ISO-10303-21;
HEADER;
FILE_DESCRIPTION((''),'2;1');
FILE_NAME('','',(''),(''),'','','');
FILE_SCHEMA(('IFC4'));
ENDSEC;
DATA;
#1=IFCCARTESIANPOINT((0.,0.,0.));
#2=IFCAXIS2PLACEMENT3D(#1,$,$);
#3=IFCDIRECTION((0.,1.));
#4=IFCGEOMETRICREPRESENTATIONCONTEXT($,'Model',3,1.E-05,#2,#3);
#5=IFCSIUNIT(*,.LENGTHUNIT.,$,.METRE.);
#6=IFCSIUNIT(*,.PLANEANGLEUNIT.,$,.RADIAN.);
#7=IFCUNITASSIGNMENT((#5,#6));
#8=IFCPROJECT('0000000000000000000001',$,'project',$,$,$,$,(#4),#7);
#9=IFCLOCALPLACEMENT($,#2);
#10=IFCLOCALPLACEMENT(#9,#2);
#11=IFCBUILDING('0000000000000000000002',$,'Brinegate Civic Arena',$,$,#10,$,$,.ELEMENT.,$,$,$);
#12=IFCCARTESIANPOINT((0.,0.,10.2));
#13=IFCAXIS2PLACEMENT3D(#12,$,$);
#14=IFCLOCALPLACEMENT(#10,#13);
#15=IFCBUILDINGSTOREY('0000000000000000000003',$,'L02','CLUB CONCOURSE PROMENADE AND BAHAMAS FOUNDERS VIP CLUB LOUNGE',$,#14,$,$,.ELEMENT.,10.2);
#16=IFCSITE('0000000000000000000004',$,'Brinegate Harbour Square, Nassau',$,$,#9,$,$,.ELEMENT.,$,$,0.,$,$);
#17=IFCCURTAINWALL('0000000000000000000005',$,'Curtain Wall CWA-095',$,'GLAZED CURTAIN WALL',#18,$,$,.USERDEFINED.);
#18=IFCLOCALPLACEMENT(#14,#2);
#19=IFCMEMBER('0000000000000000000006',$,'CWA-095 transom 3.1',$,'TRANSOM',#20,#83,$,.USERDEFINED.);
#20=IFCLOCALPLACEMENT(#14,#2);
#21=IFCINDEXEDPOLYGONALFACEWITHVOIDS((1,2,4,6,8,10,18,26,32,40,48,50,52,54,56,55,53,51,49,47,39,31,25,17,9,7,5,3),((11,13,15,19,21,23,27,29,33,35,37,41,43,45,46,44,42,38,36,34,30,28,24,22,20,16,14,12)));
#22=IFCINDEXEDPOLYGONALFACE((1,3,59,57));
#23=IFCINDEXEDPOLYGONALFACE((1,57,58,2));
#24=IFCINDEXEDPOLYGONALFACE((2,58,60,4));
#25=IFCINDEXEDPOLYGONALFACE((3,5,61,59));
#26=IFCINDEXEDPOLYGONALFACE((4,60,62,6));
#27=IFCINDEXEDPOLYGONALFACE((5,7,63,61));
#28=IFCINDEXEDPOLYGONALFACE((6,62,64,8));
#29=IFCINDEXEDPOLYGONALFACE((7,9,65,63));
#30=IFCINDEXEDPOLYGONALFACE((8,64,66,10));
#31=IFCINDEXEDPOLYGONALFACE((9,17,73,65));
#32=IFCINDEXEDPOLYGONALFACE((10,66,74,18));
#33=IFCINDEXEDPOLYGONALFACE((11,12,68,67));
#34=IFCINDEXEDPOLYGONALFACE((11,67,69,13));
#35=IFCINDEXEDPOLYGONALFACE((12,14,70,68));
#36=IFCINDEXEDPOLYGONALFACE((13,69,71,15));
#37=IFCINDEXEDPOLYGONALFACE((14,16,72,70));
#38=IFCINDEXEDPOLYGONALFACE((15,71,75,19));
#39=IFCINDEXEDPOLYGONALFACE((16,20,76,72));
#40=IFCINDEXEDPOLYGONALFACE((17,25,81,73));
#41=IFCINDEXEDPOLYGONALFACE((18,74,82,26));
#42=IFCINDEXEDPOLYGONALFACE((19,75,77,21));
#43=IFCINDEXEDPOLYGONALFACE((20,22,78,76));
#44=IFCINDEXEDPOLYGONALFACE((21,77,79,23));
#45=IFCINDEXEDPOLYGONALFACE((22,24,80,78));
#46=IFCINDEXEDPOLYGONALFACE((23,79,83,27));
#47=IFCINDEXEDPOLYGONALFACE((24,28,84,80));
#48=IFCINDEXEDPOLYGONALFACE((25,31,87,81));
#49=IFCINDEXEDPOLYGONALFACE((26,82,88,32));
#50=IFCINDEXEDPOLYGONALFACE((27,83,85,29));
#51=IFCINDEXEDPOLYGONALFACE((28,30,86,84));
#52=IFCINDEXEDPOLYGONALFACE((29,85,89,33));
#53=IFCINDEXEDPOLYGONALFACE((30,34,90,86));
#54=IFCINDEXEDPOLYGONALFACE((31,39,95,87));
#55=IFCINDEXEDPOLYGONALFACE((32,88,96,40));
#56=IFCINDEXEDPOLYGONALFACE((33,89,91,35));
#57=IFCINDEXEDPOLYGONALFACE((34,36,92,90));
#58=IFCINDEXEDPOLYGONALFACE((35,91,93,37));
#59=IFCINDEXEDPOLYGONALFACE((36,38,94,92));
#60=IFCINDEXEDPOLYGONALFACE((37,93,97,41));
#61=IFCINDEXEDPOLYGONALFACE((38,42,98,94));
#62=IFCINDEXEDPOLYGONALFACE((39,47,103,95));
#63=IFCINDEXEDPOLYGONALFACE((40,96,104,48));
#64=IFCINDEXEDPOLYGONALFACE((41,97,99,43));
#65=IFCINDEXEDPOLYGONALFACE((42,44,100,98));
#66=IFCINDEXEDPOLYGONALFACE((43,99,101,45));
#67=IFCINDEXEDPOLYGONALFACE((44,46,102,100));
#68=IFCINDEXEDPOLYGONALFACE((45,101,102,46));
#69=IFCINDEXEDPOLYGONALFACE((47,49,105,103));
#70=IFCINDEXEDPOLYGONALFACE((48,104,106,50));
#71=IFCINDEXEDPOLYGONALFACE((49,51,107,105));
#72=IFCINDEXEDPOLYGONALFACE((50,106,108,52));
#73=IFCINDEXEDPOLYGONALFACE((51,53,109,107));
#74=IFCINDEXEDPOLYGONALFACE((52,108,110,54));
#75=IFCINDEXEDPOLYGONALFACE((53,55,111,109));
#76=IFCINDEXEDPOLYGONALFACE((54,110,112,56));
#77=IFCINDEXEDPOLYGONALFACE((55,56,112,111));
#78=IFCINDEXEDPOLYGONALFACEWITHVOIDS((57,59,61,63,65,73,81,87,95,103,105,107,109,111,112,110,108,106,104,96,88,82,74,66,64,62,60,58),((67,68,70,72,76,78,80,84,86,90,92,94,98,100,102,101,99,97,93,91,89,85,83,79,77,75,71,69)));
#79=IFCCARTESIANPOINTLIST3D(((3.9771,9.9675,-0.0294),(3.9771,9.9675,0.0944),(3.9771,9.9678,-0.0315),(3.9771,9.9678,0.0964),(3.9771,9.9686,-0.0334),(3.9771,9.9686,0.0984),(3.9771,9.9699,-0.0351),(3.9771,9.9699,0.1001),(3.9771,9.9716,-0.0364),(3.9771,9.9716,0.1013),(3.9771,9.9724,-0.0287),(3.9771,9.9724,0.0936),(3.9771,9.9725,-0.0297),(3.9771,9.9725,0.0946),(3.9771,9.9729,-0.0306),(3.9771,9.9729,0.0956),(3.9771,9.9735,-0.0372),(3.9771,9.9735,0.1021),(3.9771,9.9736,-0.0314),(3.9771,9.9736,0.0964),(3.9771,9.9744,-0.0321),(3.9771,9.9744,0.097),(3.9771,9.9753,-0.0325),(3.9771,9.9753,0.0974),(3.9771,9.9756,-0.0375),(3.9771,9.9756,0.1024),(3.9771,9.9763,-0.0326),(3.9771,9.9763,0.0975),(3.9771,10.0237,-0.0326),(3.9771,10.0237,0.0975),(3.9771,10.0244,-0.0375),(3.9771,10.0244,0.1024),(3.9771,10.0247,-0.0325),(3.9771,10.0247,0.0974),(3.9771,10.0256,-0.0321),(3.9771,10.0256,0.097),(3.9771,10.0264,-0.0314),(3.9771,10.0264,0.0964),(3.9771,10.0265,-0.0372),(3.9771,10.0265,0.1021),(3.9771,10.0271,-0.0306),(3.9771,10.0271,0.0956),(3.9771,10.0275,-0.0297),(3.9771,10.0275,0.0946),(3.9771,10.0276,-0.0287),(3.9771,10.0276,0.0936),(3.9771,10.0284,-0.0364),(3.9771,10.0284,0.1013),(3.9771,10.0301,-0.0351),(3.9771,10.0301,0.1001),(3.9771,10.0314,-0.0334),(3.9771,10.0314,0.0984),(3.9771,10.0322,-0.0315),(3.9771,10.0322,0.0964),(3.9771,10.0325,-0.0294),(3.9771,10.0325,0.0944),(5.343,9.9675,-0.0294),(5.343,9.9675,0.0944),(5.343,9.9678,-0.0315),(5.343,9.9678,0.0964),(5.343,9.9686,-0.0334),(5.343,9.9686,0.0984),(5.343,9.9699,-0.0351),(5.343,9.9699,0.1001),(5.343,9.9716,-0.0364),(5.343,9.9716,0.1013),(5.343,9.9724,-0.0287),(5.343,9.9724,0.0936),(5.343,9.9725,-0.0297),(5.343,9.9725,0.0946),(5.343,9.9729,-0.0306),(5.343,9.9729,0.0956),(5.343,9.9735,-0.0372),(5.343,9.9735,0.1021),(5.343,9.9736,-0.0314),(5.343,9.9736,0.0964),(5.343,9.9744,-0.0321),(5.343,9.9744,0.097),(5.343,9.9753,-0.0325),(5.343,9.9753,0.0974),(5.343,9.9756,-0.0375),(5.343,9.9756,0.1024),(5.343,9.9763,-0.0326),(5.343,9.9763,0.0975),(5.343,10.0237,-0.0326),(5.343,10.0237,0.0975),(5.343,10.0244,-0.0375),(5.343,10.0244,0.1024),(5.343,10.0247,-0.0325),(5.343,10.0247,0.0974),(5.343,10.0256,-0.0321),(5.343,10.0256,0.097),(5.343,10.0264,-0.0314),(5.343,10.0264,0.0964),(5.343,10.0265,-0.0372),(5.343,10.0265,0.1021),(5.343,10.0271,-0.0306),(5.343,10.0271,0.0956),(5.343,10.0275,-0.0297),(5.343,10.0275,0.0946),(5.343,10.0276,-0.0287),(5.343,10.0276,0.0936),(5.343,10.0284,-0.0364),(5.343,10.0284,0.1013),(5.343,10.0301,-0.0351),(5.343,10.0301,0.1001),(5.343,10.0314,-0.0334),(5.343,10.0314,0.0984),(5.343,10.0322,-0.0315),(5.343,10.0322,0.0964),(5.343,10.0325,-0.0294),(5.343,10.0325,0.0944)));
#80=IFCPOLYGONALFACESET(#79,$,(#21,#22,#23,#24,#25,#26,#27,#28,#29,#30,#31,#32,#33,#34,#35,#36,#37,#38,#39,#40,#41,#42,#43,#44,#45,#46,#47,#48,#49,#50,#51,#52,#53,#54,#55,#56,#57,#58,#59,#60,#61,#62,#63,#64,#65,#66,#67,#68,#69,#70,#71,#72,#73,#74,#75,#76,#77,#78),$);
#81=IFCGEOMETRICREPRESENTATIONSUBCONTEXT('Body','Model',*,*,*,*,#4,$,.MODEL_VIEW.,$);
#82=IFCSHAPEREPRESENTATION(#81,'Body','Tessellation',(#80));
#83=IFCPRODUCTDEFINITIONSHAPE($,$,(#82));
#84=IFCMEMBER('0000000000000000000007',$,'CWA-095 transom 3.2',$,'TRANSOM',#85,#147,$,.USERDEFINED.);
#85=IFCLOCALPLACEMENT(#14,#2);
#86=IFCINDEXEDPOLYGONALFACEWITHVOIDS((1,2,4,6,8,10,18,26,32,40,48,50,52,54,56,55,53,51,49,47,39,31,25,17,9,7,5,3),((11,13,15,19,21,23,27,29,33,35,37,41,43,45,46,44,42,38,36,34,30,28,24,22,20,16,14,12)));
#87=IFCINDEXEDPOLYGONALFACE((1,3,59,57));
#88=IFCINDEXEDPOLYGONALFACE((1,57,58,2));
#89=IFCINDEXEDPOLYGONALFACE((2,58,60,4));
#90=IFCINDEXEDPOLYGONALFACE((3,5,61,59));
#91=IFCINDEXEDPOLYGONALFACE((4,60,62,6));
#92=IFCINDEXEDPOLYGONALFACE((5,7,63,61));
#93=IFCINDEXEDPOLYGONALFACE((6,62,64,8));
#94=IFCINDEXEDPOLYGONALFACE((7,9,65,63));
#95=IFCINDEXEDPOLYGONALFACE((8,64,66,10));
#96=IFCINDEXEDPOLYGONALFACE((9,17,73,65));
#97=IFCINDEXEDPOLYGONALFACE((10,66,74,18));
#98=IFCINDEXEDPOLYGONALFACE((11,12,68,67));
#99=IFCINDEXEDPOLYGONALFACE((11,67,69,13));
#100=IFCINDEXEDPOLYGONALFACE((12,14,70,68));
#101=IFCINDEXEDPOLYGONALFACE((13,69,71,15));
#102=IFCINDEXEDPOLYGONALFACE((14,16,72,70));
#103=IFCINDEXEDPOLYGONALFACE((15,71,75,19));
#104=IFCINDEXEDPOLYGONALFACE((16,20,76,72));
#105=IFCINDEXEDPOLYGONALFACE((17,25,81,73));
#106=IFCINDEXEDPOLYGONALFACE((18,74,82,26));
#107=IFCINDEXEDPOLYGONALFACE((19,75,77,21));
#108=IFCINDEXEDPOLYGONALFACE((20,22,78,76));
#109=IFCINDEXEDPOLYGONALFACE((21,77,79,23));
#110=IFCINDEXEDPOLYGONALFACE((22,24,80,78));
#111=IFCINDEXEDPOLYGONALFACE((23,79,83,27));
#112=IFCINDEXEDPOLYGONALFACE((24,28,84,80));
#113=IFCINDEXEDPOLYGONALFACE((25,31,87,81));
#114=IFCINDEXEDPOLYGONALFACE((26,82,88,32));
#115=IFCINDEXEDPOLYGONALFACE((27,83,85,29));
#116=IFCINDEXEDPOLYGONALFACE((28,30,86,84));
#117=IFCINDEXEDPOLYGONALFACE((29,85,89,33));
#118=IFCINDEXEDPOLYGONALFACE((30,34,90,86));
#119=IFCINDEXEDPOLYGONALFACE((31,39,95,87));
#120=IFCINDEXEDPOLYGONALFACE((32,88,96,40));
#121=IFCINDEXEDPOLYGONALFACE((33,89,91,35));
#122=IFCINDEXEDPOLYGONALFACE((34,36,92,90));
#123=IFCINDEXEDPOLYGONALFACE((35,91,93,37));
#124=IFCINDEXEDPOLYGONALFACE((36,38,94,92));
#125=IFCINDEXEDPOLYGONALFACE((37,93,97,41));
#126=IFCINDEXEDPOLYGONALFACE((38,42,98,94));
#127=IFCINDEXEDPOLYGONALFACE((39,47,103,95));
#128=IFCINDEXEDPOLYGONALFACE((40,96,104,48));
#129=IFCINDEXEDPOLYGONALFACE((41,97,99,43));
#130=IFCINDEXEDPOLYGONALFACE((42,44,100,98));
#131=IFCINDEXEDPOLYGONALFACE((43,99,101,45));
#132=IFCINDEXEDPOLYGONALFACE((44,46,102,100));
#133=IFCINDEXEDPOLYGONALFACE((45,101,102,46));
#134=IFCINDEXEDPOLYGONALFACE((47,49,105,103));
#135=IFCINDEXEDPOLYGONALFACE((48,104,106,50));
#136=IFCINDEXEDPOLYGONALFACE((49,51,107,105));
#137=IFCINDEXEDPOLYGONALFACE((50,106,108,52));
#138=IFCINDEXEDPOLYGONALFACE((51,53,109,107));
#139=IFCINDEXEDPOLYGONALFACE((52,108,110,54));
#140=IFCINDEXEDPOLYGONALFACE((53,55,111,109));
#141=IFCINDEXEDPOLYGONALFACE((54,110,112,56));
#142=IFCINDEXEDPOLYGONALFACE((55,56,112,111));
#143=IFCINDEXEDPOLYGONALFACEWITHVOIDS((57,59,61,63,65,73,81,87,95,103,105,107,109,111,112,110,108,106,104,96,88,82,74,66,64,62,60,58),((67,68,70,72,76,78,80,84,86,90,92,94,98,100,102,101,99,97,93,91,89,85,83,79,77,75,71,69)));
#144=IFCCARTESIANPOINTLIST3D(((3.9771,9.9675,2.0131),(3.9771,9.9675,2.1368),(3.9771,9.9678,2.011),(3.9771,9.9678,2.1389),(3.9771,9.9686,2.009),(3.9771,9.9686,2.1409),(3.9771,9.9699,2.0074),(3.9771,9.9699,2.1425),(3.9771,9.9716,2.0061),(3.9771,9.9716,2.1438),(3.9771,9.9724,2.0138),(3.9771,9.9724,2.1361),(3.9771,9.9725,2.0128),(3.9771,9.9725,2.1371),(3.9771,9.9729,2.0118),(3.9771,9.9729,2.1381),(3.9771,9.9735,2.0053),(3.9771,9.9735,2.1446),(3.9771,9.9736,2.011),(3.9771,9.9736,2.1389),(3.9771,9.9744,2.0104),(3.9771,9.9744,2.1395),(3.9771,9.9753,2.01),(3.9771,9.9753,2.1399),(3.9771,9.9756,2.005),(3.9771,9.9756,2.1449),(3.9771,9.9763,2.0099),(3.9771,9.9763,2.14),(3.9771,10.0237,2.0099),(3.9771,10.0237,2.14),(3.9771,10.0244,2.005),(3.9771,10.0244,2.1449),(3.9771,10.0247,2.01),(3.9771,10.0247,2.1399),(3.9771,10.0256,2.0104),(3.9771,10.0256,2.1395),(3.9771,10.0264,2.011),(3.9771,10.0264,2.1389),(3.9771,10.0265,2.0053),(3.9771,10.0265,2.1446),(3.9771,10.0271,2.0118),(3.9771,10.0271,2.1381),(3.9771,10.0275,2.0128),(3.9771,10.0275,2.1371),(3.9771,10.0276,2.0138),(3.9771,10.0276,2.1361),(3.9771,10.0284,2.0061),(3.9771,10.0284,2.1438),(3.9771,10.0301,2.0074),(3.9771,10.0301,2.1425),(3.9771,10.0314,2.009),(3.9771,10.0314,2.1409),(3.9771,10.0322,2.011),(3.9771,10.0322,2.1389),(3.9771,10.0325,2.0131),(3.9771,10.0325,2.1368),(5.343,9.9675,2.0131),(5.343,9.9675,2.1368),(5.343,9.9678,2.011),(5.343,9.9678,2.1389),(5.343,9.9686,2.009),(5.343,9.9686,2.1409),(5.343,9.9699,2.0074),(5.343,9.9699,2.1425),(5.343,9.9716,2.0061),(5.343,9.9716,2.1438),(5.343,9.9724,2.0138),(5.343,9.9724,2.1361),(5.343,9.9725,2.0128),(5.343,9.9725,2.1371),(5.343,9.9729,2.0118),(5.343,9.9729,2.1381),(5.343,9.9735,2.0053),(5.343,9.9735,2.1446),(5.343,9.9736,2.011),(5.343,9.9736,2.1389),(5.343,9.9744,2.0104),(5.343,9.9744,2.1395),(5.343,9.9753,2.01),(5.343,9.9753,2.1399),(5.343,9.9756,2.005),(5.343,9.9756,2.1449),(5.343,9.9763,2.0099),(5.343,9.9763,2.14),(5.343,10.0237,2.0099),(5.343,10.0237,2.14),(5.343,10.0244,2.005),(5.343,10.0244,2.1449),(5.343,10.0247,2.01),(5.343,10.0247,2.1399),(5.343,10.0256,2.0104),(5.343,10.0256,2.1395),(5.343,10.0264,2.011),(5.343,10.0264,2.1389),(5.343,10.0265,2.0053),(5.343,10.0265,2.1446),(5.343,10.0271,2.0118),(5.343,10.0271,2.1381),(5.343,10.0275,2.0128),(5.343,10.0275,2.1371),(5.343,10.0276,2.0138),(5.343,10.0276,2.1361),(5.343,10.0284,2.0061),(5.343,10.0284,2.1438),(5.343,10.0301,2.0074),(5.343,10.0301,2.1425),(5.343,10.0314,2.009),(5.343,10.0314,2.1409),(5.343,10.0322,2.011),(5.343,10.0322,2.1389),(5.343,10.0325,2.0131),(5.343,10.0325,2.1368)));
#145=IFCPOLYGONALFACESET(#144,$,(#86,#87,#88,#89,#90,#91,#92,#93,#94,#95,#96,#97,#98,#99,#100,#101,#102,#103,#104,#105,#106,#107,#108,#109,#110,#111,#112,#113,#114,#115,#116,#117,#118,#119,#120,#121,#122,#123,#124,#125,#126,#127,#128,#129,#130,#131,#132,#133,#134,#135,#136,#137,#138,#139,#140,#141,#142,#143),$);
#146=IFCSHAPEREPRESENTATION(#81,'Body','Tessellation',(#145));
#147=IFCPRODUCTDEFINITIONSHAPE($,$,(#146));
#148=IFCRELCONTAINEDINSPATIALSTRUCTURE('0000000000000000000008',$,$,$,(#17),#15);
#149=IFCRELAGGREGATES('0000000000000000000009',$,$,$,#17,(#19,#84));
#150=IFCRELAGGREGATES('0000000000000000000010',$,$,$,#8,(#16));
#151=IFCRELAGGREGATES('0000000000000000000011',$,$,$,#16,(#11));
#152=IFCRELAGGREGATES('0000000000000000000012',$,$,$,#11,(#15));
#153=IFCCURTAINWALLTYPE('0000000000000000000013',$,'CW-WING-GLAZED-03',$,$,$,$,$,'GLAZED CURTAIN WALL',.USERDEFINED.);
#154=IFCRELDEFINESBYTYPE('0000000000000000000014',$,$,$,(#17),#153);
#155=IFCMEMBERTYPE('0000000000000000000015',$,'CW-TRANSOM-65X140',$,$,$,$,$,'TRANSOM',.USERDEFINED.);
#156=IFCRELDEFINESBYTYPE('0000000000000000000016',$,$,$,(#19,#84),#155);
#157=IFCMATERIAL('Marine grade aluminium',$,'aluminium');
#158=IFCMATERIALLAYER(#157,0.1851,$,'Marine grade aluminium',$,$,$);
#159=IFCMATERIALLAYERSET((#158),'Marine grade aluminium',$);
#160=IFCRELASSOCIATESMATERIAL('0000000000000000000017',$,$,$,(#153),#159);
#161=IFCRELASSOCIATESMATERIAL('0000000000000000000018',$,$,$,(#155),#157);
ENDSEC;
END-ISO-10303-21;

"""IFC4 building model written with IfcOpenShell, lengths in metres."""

from ifc_helpers import new_model, si_unit, direction, frame, origin, origin_2d, place, context, subcontext, project, spatial, hollow_rectangle, extrude, material, layer, layer_set, material_profile, profile_set, type_object, element, aggregate, save


model = new_model("IFC4")

# Units and contexts
model_context = context("Model", 3, precision=1e-05, world=origin(), true_north=direction((0.0, 1.0)))
body_context = subcontext(model_context, "Body", "Model", "MODEL_VIEW")
ifc_project = project(units=[si_unit("LENGTHUNIT", "METRE"), si_unit("PLANEANGLEUNIT", "RADIAN")], contexts=[model_context])

# Site, building, storey
site_placement = place(None, origin())
site = spatial("IfcSite", under=ifc_project, at=site_placement, Name="Brinegate Harbour Square, Nassau", CompositionType="ELEMENT", RefElevation=0.0)
building_placement = place(site_placement, origin())
building = spatial("IfcBuilding", under=site, at=building_placement, Name="Brinegate Civic Arena", CompositionType="ELEMENT")
storey_placement = place(building_placement, frame((0.0, 0.0, 10.2)))
storey = spatial("IfcBuildingStorey", under=building, at=storey_placement, Name="L02", Description="CLUB CONCOURSE PROMENADE AND BAHAMAS FOUNDERS VIP CLUB LOUNGE", CompositionType="ELEMENT", Elevation=10.2)

# Curtain wall, members
ifc_material_1 = material(Name="Marine grade aluminium", Category="aluminium")
ifc_layer_1 = layer(ifc_material_1, 0.1851, Name="Marine grade aluminium")
ifc_layer_set_1 = layer_set([ifc_layer_1], Name="Marine grade aluminium")
curtain_wall_type = type_object("IfcCurtainWallType", Name="CW-WING-GLAZED-03", ElementType="GLAZED CURTAIN WALL", PredefinedType="USERDEFINED", material=ifc_layer_set_1)
curtain_wall_placement = place(storey_placement, origin())
curtain_wall = element("IfcCurtainWall", 1, at=curtain_wall_placement, inside=storey, type_object=curtain_wall_type, Name="Curtain Wall CWA-095", ObjectType="GLAZED CURTAIN WALL", PredefinedType="USERDEFINED")
ifc_material_profile_1 = material_profile(ifc_material_1, hollow_rectangle(XDim=0.0649, YDim=0.1399, WallThickness=0.0049, InnerFilletRadius=0.0039, OuterFilletRadius=0.0081, at=origin_2d()), Name="TRN65X140")
ifc_profile_set_1 = profile_set([ifc_material_profile_1], Name="Marine grade aluminium")
member_type_1 = type_object("IfcMemberType", Name="CW-TRANSOM-65X140", ElementType="TRANSOM", PredefinedType="USERDEFINED", material=ifc_profile_set_1)
member_1_placement = place(storey_placement, frame((3.9771, 10.0, 0.0325), z_axis=(1.0, 0.0, 0.0), x_axis=(0.0, 1.0, 0.0)))
member_1 = element("IfcMember", 2, at=member_1_placement, type_object=member_type_1, Name="CWA-095 transom 3.1", ObjectType="TRANSOM", PredefinedType="USERDEFINED", context=body_context, shape_type="SweptSolid", body=[
    extrude(hollow_rectangle(XDim=0.0649, YDim=0.1399, WallThickness=0.0049, InnerFilletRadius=0.0039, OuterFilletRadius=0.0081, at=origin_2d()), origin(), (0.0, 0.0, 1.0), 1.366),
])
member_2_placement = place(storey_placement, frame((3.9771, 10.0, 2.075), z_axis=(1.0, 0.0, 0.0), x_axis=(0.0, 1.0, 0.0)))
member_2 = element("IfcMember", 3, at=member_2_placement, type_object=member_type_1, Name="CWA-095 transom 3.2", ObjectType="TRANSOM", PredefinedType="USERDEFINED", context=body_context, shape_type="SweptSolid", body=[
    extrude(hollow_rectangle(XDim=0.0649, YDim=0.1399, WallThickness=0.0049, InnerFilletRadius=0.0039, OuterFilletRadius=0.0081, at=origin_2d()), origin(), (0.0, 0.0, 1.0), 1.366),
])
aggregate(curtain_wall, [member_1, member_2])

save(model, "model.ifc")
